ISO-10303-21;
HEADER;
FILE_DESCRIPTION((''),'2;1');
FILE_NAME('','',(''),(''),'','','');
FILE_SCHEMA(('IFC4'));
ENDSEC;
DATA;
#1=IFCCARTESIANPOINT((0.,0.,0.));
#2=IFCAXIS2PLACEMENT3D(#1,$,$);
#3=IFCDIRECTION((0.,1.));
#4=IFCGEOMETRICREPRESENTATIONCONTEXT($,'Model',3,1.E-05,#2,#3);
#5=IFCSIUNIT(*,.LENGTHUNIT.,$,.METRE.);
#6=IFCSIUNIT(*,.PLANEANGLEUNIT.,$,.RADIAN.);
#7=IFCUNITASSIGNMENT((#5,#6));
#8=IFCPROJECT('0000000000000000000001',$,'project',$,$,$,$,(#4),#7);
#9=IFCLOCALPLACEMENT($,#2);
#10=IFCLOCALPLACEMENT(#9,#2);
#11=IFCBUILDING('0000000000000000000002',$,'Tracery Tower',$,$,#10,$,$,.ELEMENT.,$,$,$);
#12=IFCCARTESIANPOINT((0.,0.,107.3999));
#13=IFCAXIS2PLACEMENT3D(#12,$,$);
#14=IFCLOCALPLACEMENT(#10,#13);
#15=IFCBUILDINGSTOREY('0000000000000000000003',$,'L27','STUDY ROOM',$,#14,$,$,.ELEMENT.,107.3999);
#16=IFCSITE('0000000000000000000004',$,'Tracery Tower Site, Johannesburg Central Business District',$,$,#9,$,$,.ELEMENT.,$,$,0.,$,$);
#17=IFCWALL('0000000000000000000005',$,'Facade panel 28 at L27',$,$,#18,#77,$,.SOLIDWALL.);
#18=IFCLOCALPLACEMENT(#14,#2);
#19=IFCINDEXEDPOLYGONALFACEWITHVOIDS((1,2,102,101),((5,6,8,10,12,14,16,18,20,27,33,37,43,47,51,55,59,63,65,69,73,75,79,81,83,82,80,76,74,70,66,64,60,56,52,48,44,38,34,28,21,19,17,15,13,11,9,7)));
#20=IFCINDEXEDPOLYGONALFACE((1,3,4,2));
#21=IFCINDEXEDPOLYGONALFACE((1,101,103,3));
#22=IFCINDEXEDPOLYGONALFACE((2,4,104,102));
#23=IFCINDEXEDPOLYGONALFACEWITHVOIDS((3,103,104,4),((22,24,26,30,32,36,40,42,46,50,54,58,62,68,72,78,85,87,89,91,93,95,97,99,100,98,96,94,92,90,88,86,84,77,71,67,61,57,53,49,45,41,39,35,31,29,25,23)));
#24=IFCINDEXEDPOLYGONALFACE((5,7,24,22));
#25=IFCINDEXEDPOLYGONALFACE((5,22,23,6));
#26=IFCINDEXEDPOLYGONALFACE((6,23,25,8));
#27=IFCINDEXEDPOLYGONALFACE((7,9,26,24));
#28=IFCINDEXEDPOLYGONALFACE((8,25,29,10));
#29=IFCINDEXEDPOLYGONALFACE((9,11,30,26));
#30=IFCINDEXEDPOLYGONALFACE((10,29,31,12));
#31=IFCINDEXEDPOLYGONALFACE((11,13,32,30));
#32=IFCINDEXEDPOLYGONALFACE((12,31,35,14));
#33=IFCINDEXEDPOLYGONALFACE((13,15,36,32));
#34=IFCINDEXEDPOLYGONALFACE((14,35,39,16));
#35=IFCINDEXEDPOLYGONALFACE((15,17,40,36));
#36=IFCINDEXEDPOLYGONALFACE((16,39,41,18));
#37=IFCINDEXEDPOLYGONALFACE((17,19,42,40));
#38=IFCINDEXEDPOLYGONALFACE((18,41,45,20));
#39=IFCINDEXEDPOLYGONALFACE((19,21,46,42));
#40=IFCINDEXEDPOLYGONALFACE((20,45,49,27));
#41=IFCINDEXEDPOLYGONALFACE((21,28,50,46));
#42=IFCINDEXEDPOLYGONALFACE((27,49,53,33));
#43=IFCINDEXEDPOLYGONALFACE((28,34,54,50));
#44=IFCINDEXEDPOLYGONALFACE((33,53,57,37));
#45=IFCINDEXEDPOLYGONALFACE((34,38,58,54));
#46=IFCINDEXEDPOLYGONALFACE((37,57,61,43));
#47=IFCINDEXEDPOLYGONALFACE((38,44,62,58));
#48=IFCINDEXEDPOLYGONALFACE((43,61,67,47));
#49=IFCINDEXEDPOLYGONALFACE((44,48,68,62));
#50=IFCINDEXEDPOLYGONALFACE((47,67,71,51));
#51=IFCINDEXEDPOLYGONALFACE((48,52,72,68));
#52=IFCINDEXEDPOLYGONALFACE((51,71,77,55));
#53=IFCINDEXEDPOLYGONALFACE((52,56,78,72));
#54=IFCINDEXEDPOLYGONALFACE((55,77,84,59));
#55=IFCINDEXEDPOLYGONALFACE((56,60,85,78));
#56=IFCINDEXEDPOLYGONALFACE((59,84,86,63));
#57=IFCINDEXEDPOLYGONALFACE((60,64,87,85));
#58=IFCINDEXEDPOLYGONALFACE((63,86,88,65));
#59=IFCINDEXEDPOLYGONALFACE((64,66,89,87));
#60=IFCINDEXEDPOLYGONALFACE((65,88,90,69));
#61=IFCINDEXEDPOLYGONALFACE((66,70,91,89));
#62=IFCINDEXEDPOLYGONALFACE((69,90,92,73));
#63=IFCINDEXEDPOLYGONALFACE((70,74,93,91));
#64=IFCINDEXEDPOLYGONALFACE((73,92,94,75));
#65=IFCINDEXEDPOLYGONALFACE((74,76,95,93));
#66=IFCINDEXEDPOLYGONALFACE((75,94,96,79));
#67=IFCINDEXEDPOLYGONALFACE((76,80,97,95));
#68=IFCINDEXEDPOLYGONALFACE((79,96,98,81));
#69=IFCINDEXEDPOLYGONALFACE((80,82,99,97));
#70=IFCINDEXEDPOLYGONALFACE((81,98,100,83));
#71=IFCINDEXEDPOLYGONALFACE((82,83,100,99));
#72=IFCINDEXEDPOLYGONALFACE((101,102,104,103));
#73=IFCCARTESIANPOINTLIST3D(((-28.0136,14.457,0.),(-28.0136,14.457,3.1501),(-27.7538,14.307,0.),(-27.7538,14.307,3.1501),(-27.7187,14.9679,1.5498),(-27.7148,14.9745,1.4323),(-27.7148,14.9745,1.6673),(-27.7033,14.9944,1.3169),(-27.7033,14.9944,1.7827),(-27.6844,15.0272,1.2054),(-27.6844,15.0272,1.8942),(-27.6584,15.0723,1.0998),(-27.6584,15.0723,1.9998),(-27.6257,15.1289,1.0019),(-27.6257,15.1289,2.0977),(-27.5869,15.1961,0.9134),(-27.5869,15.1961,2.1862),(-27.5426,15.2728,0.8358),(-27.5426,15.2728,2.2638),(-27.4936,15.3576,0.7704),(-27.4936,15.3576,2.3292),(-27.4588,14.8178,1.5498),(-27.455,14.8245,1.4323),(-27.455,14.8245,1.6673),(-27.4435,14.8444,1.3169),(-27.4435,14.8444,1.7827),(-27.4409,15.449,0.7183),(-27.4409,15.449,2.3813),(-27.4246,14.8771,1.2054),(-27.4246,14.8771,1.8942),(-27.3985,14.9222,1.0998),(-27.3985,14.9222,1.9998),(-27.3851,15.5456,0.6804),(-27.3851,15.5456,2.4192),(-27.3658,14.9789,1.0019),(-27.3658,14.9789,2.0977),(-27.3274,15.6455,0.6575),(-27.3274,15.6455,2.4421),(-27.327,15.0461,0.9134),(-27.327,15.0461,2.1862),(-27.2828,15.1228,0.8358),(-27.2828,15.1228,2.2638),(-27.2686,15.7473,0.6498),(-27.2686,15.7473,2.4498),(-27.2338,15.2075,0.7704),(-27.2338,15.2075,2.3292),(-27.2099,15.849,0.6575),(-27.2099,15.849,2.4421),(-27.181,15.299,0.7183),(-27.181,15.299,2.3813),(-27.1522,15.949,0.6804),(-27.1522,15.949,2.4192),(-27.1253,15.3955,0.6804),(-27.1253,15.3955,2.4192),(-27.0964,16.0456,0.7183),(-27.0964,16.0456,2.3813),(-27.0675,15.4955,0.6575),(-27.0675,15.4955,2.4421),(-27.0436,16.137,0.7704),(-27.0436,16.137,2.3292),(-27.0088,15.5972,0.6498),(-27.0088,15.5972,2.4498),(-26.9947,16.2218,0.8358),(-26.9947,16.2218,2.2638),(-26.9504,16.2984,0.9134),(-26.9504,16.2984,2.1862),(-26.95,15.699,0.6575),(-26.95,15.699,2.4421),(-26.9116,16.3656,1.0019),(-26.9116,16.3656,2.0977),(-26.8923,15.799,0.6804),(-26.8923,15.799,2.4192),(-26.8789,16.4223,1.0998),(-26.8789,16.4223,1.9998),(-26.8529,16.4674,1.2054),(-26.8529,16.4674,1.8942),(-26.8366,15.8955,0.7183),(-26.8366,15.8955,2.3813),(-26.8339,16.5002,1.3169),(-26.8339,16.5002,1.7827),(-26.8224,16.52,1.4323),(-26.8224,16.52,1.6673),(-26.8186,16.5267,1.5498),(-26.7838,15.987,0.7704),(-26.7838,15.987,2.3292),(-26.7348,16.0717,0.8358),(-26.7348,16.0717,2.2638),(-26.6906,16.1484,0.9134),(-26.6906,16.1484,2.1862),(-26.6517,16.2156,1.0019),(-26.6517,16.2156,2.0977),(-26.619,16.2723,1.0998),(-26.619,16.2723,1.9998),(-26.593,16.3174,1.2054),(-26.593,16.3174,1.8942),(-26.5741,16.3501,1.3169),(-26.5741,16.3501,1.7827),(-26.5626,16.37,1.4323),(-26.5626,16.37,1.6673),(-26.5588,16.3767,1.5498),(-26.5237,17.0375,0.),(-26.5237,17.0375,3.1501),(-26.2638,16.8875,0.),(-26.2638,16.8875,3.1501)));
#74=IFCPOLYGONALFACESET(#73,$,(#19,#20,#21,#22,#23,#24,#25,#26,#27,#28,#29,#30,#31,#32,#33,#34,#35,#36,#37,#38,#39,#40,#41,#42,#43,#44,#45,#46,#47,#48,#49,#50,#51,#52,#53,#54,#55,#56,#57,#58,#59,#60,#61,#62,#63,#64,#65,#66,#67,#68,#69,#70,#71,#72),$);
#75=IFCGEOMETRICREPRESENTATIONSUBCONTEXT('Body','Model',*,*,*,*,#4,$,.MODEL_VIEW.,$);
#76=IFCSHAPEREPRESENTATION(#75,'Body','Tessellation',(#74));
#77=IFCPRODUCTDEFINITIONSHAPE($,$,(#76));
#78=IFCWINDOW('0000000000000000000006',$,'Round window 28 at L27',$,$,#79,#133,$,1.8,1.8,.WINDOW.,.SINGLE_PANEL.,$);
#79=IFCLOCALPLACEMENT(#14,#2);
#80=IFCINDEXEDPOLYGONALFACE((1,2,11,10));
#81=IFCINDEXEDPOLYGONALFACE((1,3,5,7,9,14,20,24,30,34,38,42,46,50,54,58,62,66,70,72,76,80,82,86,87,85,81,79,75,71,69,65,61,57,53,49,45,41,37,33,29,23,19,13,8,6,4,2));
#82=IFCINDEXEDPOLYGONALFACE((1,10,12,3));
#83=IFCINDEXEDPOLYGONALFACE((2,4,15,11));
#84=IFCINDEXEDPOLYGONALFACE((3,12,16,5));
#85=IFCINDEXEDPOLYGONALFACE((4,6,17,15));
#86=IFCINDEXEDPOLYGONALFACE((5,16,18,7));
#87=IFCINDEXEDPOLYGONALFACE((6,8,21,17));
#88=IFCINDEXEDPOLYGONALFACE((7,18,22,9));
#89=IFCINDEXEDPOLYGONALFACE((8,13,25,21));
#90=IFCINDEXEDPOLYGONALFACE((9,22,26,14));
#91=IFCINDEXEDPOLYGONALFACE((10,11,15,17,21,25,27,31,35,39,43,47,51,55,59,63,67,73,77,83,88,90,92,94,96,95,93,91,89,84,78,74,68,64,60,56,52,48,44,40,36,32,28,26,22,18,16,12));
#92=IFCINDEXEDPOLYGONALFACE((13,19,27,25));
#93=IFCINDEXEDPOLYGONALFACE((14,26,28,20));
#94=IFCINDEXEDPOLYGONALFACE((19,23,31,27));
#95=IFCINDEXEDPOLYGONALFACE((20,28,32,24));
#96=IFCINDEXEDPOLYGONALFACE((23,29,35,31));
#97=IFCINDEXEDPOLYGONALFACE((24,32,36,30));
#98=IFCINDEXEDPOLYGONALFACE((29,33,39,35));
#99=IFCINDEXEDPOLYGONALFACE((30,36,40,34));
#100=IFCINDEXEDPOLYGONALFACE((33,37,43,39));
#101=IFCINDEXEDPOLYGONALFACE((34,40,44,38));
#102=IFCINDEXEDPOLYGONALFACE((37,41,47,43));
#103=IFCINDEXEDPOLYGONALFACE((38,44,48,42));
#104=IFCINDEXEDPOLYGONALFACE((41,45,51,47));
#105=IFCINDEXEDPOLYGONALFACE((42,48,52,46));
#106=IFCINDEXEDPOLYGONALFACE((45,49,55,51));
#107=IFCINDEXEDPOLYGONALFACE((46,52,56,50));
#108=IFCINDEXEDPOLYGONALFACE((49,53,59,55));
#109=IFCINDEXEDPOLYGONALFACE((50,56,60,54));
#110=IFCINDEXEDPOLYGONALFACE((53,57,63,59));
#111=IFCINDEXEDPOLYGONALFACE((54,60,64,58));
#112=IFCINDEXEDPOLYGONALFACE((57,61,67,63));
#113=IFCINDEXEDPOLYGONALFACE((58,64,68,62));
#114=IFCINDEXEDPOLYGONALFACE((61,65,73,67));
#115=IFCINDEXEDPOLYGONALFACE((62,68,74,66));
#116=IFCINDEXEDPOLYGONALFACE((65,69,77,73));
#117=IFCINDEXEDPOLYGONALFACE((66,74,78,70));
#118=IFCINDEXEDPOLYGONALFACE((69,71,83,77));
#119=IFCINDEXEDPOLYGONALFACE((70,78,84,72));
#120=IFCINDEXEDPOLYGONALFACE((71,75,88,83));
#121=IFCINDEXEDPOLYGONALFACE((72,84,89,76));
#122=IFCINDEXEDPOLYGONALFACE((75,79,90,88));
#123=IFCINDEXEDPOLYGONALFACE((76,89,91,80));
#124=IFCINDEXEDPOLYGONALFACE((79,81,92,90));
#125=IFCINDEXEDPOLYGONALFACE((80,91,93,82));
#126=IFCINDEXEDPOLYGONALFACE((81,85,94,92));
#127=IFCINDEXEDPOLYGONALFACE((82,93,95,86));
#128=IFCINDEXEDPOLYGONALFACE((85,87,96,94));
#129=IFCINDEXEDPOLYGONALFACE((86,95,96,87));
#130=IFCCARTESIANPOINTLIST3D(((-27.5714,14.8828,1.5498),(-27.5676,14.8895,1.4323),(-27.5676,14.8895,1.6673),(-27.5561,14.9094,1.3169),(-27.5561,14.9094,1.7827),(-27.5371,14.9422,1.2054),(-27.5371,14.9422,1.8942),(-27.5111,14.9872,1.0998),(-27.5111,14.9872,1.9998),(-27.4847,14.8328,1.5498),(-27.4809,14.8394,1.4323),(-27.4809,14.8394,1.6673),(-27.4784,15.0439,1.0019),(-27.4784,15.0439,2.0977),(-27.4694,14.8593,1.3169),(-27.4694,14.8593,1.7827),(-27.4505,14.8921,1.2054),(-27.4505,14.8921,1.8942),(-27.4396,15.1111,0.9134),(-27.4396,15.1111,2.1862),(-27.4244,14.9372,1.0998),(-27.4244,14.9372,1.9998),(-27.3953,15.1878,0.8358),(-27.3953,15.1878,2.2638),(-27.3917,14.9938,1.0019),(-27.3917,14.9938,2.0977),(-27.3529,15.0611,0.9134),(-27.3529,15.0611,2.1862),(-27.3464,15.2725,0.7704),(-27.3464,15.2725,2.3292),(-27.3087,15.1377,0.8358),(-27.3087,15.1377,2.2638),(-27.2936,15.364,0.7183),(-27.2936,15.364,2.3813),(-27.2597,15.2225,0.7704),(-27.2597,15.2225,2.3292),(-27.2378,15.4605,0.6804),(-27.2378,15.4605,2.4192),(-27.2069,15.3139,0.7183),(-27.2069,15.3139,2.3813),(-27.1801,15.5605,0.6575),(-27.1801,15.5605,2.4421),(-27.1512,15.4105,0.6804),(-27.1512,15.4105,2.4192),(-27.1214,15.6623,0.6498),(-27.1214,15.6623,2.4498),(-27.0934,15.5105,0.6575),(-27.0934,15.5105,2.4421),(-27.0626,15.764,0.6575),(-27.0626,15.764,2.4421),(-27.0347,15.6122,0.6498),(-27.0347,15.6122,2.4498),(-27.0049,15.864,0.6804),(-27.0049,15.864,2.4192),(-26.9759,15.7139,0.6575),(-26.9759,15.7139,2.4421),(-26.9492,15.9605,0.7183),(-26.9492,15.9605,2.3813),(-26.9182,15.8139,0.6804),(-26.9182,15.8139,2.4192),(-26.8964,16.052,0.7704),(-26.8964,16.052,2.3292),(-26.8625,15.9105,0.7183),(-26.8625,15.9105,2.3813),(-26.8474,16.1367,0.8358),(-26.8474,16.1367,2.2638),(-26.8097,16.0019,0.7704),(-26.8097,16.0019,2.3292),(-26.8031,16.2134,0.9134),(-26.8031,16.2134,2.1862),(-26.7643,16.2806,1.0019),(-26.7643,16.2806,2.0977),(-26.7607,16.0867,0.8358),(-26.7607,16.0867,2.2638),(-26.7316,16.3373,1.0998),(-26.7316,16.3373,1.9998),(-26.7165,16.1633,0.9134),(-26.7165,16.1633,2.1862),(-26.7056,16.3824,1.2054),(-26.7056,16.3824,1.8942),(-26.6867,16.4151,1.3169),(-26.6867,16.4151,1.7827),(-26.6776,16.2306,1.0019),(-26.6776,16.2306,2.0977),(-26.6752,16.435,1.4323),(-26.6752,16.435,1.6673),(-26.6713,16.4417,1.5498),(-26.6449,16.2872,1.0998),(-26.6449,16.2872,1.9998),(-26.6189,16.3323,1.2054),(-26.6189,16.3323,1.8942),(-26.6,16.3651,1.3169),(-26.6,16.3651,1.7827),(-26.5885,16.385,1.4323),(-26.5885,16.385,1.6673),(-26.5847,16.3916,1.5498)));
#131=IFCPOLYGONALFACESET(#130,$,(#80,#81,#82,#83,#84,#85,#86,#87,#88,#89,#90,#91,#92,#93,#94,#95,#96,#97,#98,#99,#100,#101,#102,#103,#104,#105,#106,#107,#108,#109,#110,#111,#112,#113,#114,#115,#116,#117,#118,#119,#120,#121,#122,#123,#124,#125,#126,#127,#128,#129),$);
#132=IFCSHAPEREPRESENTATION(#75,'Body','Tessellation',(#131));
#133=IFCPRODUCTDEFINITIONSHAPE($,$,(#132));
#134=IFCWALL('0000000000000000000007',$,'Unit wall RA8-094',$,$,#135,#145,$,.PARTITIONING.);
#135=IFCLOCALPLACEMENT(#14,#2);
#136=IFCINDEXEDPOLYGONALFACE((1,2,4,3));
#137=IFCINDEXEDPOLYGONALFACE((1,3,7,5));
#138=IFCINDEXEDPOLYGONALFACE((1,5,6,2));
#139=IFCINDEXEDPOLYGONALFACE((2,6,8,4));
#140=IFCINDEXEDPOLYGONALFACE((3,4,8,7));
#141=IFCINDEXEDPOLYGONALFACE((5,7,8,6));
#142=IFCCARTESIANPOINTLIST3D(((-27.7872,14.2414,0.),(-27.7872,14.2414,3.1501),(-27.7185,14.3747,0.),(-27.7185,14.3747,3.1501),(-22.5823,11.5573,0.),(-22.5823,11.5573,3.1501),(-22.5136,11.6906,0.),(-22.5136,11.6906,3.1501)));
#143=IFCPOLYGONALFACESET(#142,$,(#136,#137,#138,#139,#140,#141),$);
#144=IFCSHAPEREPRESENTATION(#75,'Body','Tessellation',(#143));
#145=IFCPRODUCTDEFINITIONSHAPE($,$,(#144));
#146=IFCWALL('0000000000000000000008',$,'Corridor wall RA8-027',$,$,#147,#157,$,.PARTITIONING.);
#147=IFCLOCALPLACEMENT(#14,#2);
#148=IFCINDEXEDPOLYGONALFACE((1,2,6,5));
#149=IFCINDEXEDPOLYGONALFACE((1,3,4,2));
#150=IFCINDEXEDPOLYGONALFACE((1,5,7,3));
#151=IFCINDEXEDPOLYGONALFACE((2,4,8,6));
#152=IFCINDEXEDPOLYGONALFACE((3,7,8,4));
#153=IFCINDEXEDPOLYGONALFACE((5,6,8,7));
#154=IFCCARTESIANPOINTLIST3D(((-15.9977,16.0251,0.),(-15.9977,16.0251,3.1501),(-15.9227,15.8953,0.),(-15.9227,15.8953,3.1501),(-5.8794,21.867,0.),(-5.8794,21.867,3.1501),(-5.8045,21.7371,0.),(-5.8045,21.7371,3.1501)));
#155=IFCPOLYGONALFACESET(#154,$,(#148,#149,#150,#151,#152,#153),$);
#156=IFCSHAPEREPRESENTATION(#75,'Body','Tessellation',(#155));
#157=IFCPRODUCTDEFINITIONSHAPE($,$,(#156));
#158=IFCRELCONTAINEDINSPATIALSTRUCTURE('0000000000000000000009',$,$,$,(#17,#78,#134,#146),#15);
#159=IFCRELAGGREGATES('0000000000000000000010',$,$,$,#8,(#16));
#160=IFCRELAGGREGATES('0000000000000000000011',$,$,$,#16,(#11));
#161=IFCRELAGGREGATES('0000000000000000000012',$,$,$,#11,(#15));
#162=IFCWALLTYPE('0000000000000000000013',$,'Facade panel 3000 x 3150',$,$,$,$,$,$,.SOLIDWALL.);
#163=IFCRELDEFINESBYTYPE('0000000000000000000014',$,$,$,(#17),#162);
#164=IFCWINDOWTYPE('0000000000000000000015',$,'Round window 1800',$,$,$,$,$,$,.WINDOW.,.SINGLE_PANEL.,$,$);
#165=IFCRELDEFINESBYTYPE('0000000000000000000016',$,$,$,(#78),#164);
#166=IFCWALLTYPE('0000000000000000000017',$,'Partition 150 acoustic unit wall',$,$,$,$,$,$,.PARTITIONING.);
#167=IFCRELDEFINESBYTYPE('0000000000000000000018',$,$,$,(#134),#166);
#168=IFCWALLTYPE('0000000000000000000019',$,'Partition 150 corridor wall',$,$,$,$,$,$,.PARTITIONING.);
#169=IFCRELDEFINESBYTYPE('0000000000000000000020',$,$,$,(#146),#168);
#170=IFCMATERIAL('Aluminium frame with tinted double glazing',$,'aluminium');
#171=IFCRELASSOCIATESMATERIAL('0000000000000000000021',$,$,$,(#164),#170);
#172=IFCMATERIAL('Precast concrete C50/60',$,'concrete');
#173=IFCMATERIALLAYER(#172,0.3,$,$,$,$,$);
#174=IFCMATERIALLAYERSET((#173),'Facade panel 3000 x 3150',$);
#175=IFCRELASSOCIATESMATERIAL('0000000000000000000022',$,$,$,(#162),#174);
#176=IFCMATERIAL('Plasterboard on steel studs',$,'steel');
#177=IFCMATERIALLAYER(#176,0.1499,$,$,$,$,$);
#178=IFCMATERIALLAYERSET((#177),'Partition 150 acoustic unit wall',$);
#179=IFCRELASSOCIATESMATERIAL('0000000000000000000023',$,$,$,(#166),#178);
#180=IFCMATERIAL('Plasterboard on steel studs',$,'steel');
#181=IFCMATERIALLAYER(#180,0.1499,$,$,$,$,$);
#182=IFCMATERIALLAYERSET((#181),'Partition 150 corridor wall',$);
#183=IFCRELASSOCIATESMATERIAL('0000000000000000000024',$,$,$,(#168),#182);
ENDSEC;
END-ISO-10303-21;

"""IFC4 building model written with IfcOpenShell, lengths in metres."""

from ifc_helpers import new_model, si_unit, direction, frame, frame_2d, origin, origin_2d, place, context, subcontext, project, spatial, rectangle, circle, extrude, material, layer, layer_set, type_object, element, fill, save


model = new_model("IFC4")

# Units and contexts
model_context = context("Model", 3, precision=1e-05, world=origin(), true_north=direction((0.0, 1.0)))
body_context = subcontext(model_context, "Body", "Model", "MODEL_VIEW")
ifc_project = project(units=[si_unit("LENGTHUNIT", "METRE"), si_unit("PLANEANGLEUNIT", "RADIAN")], contexts=[model_context])

# Site, building, storey
site_placement = place(None, origin())
site = spatial("IfcSite", under=ifc_project, at=site_placement, Name="Tracery Tower Site, Johannesburg Central Business District", CompositionType="ELEMENT", RefElevation=0.0)
building_placement = place(site_placement, origin())
building = spatial("IfcBuilding", under=site, at=building_placement, Name="Tracery Tower", CompositionType="ELEMENT")
storey_placement = place(building_placement, frame((0.0, 0.0, 107.3999)))
storey = spatial("IfcBuildingStorey", under=building, at=storey_placement, Name="L27", Description="STUDY ROOM", CompositionType="ELEMENT", Elevation=107.3999)

# Wall, opening, window
ifc_material_1 = material(Name="Aluminium frame with tinted double glazing", Category="aluminium")
window_type = type_object("IfcWindowType", Name="Round window 1800", PartitioningType="SINGLE_PANEL", PredefinedType="WINDOW", material=ifc_material_1)
ifc_material_2 = material(Name="Precast concrete C50/60", Category="concrete")
ifc_layer_1 = layer(ifc_material_2, 0.3)
ifc_layer_set_1 = layer_set([ifc_layer_1], Name="Facade panel 3000 x 3150")
wall_type_1 = type_object("IfcWallType", Name="Facade panel 3000 x 3150", PredefinedType="SOLIDWALL", material=ifc_layer_set_1)
wall_1_placement = place(storey_placement, frame((-26.3938, 16.9624, 0.0), z_axis=(0.0, 0.0, 1.0), x_axis=(-0.500025, -0.866011, 0.0)))
wall_1 = element("IfcWall", 1, at=wall_1_placement, inside=storey, type_object=wall_type_1, Name="Facade panel 28 at L27", PredefinedType="SOLIDWALL", context=body_context, shape_type="SweptSolid", body=[
    extrude(rectangle(XDim=2.9797, YDim=0.3, at=frame_2d((1.4897, 0.0))), origin(), (0.0, 0.0, 1.0), 3.1501),
])
opening_1_placement = place(wall_1_placement, frame((1.4897, 0.0, 1.5498)))
opening_1 = element("IfcOpeningElement", 2, at=opening_1_placement, cuts=wall_1, PredefinedType="OPENING", context=body_context, shape_type="SweptSolid", body=[
    extrude(circle(Radius=0.9, at=origin_2d()), frame((0.0, 0.1599, 0.0), z_axis=(0.0, -1.0, 0.0), x_axis=(1.0, 0.0, 0.0)), (0.0, 0.0, 1.0), 0.3201),
])
window_1_placement = place(opening_1_placement, origin())
window_1 = element("IfcWindow", 3, at=window_1_placement, inside=storey, type_object=window_type, Name="Round window 28 at L27", OverallHeight=1.8, OverallWidth=1.8, PartitioningType="SINGLE_PANEL", PredefinedType="WINDOW", context=body_context, shape_type="SweptSolid", body=[
    extrude(circle(Radius=0.9, at=origin_2d()), frame((0.0, 0.1201, 0.0), z_axis=(0.0, -1.0, 0.0), x_axis=(1.0, 0.0, 0.0)), (0.0, 0.0, 1.0), 0.1001),
])
fill(opening_1, window_1)

# Walls
ifc_material_3 = material(Name="Plasterboard on steel studs", Category="steel")
ifc_layer_2 = layer(ifc_material_3, 0.1499)
ifc_layer_set_2 = layer_set([ifc_layer_2], Name="Partition 150 acoustic unit wall")
wall_type_2 = type_object("IfcWallType", Name="Partition 150 acoustic unit wall", PredefinedType="PARTITIONING", material=ifc_layer_set_2)
wall_2_placement = place(storey_placement, frame((-27.7529, 14.3081, 0.0), z_axis=(0.0, 0.0, 1.0), x_axis=(0.88878, -0.458335, 0.0)))
element("IfcWall", 4, at=wall_2_placement, inside=storey, type_object=wall_type_2, Name="Unit wall RA8-094", PredefinedType="PARTITIONING", context=body_context, shape_type="SweptSolid", body=[
    extrude(rectangle(XDim=5.8562, YDim=0.1499, at=frame_2d((2.9282, 0.0))), origin(), (0.0, 0.0, 1.0), 3.1501),
])
ifc_material_4 = material(Name="Plasterboard on steel studs", Category="steel")
ifc_layer_3 = layer(ifc_material_4, 0.1499)
ifc_layer_set_3 = layer_set([ifc_layer_3], Name="Partition 150 corridor wall")
wall_type_3 = type_object("IfcWallType", Name="Partition 150 corridor wall", PredefinedType="PARTITIONING", material=ifc_layer_set_3)
wall_3_placement = place(storey_placement, frame((-15.9602, 15.9602, 0.0), z_axis=(0.0, 0.0, 1.0), x_axis=(0.866023, 0.500005, 0.0)))
element("IfcWall", 5, at=wall_3_placement, inside=storey, type_object=wall_type_3, Name="Corridor wall RA8-027", PredefinedType="PARTITIONING", context=body_context, shape_type="SweptSolid", body=[
    extrude(rectangle(XDim=11.6836, YDim=0.1499, at=frame_2d((5.8418, 0.0))), origin(), (0.0, 0.0, 1.0), 3.1501),
])

save(model, "model.ifc")
